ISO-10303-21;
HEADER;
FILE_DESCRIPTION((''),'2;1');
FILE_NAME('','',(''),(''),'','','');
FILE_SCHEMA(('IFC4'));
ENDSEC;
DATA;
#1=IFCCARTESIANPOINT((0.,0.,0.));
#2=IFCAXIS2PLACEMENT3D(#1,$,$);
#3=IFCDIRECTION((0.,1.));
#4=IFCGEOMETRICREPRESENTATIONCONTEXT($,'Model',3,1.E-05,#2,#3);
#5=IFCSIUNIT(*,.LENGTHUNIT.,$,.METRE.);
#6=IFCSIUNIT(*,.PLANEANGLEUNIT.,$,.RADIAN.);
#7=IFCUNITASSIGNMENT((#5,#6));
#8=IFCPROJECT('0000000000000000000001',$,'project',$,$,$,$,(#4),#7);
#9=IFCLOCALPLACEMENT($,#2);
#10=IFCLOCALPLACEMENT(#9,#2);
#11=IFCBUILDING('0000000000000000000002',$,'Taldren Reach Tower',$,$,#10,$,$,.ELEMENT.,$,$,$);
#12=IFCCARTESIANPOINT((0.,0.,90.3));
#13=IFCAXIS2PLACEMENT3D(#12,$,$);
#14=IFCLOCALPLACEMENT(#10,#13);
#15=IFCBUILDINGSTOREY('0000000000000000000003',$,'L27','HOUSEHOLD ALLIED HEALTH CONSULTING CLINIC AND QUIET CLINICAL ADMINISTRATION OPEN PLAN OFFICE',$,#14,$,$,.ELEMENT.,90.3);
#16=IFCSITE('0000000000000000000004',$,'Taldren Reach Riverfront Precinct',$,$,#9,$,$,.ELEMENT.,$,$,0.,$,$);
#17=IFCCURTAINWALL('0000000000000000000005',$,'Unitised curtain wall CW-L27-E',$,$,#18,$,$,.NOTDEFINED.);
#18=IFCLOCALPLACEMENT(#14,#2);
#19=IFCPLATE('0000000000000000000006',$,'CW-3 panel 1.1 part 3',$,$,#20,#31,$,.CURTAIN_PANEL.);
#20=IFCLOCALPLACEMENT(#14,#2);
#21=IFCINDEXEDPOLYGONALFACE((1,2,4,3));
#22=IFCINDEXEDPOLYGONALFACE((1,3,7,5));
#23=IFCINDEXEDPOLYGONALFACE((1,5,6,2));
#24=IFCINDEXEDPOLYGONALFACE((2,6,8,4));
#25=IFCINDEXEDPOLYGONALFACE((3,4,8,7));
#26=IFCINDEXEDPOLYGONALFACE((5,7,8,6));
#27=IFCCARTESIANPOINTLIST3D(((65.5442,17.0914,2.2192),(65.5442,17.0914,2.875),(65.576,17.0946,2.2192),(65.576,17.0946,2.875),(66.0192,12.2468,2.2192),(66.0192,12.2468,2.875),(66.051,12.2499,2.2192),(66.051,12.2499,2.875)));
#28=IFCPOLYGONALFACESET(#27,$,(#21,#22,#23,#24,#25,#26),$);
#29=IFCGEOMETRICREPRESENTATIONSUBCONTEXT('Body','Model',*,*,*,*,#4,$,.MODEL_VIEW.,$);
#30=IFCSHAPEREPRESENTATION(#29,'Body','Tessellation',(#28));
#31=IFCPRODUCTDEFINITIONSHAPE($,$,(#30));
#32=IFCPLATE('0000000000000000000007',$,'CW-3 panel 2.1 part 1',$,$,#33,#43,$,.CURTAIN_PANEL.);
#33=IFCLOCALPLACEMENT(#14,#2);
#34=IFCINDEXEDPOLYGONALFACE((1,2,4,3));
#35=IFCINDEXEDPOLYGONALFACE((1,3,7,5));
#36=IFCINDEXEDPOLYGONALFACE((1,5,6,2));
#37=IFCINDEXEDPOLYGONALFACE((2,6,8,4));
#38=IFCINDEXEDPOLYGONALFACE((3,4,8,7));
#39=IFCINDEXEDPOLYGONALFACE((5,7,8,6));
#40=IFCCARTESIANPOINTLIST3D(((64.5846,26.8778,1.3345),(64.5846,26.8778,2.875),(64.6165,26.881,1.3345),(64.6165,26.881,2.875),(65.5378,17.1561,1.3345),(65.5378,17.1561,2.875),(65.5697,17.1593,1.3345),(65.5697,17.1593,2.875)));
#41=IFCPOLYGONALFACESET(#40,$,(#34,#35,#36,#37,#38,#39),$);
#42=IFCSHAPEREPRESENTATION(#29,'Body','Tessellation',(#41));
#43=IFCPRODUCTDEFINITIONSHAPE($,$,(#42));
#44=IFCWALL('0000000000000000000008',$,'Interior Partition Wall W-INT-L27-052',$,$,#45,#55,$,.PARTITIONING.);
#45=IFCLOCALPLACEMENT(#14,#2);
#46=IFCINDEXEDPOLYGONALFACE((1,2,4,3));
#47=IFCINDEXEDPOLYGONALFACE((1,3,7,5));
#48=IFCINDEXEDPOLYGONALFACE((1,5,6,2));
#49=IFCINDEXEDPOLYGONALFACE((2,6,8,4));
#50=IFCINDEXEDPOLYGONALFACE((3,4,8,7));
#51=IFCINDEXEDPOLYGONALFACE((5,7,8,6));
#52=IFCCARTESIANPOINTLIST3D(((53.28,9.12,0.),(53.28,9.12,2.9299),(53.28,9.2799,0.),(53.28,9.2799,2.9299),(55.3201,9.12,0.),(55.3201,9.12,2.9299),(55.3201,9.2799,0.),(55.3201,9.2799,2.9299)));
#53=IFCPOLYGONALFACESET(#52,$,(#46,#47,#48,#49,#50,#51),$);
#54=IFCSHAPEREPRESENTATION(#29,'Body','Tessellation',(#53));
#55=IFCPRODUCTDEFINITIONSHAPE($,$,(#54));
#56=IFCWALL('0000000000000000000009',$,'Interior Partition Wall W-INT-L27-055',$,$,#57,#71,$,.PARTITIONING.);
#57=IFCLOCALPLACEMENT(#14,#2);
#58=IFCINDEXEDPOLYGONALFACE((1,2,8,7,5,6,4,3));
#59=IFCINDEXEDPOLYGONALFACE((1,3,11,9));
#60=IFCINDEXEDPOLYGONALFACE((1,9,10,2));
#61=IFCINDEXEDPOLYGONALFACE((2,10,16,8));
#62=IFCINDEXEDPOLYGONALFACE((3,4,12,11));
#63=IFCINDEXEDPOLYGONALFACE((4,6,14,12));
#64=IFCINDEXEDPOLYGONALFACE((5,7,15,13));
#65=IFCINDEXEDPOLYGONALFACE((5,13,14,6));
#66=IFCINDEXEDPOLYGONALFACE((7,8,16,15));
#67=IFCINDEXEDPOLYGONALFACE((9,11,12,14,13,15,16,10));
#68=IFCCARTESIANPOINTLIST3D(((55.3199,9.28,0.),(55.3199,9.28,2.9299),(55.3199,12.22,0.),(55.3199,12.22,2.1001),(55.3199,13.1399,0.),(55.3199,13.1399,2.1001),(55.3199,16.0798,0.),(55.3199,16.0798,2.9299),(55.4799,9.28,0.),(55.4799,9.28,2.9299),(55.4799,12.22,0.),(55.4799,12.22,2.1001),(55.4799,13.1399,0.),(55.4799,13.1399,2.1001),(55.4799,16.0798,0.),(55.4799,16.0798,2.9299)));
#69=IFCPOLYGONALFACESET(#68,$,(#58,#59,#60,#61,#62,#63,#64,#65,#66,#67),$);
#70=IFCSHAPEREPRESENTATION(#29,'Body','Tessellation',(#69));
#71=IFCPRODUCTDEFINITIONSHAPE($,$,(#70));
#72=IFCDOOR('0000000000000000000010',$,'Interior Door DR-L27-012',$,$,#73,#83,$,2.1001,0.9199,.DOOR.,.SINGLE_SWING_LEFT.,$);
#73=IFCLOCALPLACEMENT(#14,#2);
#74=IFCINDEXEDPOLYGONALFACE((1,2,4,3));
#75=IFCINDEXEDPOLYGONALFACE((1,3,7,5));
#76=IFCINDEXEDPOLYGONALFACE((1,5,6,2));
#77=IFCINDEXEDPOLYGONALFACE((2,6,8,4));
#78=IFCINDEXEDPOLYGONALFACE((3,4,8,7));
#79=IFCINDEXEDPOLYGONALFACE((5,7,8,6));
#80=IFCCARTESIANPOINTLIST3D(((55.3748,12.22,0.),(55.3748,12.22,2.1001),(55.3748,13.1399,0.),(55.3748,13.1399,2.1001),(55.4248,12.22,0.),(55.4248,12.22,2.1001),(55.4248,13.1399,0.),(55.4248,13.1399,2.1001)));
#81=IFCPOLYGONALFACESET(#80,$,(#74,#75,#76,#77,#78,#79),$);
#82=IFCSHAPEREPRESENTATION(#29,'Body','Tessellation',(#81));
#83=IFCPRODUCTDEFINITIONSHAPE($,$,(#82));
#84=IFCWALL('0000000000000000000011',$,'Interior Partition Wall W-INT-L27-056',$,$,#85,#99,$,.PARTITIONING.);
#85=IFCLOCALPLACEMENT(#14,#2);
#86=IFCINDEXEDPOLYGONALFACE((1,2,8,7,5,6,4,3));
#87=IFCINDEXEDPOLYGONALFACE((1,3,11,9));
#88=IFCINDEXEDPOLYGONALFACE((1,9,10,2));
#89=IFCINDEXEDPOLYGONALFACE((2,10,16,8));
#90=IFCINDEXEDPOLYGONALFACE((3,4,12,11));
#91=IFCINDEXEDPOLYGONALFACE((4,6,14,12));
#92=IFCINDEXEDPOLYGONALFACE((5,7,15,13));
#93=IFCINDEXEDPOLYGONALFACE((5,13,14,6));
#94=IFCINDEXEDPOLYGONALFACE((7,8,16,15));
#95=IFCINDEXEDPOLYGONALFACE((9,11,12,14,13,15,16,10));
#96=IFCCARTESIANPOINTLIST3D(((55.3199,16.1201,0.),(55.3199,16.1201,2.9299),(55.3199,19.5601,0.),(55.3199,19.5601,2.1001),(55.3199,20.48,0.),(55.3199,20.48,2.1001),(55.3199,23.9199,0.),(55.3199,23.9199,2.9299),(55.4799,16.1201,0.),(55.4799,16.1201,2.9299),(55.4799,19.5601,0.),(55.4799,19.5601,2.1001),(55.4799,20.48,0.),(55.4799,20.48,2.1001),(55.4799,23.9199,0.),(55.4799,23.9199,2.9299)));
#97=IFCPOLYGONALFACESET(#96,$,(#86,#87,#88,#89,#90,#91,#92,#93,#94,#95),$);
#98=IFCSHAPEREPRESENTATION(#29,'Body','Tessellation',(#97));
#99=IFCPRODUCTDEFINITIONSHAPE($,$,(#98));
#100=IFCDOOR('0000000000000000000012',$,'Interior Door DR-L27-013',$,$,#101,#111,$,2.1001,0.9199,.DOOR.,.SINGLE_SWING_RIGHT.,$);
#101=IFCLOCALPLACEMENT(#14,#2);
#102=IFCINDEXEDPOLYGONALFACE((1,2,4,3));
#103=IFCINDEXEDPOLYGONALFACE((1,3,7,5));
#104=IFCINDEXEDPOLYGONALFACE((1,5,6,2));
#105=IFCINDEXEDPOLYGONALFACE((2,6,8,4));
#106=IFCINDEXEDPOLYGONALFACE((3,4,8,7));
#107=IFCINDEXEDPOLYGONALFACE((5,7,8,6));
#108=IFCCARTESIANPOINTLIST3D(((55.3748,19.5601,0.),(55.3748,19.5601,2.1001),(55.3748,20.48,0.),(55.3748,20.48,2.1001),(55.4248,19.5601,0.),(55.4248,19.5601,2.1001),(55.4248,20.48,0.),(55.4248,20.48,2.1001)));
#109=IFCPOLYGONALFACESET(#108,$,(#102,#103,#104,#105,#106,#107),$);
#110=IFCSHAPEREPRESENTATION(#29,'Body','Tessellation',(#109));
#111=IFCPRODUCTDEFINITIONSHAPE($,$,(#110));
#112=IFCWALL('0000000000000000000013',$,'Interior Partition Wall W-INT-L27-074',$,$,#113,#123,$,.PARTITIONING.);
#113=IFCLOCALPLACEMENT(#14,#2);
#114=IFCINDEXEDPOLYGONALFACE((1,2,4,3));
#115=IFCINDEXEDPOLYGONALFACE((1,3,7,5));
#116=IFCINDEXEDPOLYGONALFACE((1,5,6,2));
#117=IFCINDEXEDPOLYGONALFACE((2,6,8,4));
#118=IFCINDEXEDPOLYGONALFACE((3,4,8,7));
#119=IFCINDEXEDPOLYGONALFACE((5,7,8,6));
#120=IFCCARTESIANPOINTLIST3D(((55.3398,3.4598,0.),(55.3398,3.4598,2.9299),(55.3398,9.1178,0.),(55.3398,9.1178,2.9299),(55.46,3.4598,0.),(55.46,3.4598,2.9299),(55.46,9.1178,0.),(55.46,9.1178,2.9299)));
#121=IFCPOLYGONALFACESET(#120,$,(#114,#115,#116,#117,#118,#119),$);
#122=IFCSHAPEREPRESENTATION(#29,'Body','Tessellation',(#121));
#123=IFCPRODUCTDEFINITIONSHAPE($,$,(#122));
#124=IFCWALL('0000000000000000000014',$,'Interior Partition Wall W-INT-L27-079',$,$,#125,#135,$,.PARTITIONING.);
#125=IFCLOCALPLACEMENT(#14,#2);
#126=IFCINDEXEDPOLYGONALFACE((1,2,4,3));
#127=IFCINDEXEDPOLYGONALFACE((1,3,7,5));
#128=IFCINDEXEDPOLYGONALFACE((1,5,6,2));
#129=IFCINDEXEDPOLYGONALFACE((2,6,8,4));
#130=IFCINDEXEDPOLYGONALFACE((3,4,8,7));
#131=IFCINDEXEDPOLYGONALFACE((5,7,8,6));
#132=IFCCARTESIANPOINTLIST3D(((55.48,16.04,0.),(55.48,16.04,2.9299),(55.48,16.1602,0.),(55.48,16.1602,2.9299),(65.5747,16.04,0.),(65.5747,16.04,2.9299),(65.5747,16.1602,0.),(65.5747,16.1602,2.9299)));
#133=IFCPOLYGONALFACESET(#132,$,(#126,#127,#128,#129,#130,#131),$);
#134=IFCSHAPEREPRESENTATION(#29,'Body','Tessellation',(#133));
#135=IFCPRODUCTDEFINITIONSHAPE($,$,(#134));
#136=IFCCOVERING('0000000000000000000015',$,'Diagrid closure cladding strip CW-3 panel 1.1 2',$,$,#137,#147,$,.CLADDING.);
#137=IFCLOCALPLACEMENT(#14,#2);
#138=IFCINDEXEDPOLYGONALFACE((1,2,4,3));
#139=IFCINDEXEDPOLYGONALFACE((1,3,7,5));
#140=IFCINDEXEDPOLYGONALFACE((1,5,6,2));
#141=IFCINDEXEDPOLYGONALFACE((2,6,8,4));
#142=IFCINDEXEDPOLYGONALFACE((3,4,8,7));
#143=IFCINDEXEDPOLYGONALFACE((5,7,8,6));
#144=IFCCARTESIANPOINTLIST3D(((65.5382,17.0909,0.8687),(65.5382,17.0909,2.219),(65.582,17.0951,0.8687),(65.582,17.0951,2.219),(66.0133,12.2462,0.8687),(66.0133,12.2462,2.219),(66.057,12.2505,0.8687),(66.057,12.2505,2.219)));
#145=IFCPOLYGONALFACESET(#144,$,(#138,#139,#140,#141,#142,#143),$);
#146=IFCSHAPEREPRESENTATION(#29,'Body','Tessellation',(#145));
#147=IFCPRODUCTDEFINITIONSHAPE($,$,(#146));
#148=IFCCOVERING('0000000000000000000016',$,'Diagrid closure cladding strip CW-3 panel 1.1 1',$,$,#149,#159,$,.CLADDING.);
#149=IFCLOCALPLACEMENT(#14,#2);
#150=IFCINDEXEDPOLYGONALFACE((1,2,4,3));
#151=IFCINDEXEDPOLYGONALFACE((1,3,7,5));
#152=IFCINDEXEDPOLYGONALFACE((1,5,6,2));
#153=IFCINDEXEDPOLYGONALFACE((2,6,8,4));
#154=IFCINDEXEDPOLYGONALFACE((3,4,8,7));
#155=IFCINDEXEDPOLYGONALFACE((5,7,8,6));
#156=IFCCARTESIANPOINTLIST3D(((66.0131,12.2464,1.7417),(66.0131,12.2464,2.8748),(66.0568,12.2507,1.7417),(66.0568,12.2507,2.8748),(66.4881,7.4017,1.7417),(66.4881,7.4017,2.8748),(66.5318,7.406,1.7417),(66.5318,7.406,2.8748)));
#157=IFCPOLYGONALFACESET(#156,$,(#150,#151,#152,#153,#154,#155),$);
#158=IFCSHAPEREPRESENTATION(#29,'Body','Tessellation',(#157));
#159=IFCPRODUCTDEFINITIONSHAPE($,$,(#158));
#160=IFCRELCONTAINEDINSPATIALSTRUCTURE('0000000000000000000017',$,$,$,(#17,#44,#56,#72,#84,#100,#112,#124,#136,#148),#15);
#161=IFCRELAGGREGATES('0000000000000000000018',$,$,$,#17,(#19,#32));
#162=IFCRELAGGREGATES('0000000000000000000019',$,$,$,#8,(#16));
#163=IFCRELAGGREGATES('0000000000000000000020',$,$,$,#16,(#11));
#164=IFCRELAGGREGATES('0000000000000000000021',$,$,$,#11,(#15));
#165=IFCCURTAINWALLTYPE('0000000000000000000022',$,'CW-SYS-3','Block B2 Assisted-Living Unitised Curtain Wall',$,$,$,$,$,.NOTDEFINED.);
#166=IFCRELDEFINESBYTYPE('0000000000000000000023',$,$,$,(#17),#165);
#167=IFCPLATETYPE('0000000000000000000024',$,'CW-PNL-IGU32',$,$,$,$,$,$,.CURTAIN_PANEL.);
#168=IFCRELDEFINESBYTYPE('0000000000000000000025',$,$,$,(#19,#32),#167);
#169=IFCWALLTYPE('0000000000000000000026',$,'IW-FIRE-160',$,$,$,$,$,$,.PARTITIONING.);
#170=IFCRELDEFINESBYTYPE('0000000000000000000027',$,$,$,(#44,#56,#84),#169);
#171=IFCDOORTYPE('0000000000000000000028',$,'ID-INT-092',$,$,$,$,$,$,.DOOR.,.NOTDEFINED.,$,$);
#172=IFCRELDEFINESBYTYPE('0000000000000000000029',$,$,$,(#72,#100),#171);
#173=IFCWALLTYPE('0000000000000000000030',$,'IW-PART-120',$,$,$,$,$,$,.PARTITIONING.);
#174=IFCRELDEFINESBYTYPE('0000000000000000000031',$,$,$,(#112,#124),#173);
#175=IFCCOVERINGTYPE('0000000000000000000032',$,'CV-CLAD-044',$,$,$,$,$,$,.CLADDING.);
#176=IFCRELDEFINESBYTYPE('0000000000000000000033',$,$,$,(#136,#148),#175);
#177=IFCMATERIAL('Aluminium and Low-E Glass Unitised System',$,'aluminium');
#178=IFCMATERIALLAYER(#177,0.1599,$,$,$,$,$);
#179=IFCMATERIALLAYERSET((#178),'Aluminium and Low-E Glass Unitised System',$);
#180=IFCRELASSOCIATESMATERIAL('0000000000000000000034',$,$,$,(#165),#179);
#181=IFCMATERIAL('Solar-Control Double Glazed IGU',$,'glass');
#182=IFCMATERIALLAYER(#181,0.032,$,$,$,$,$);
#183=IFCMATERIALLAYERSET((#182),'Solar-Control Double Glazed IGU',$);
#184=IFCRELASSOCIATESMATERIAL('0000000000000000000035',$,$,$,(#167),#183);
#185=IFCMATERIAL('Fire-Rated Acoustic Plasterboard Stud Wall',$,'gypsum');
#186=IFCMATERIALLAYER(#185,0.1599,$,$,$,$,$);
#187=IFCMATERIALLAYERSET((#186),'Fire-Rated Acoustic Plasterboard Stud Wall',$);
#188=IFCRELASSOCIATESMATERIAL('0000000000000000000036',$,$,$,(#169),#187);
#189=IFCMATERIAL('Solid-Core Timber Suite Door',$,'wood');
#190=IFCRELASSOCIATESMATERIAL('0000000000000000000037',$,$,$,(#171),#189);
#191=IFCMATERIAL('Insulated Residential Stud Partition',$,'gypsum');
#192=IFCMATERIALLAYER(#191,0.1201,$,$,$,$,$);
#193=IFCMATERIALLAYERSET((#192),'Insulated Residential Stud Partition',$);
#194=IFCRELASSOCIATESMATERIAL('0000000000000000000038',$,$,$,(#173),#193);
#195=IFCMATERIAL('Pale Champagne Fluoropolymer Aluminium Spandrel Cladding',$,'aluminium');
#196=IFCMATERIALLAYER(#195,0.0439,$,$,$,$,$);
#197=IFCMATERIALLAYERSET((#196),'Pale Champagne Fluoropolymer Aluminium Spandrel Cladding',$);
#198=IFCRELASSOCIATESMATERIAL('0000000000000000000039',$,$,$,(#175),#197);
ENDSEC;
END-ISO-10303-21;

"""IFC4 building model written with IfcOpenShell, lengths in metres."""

from ifc_helpers import new_model, si_unit, direction, frame, frame_2d, origin, origin_2d, place, context, subcontext, project, spatial, rectangle, extrude, source, transform, mapped, material, layer, layer_set, type_object, element, fill, aggregate, save


model = new_model("IFC4")

# Units and contexts
model_context = context("Model", 3, precision=1e-05, world=origin(), true_north=direction((0.0, 1.0)))
body_context = subcontext(model_context, "Body", "Model", "MODEL_VIEW")
ifc_project = project(units=[si_unit("LENGTHUNIT", "METRE"), si_unit("PLANEANGLEUNIT", "RADIAN")], contexts=[model_context])

# Site, building, storey
site_placement = place(None, origin())
site = spatial("IfcSite", under=ifc_project, at=site_placement, Name="Taldren Reach Riverfront Precinct", CompositionType="ELEMENT", RefElevation=0.0)
building_placement = place(site_placement, origin())
building = spatial("IfcBuilding", under=site, at=building_placement, Name="Taldren Reach Tower", CompositionType="ELEMENT")
storey_placement = place(building_placement, frame((0.0, 0.0, 90.3)))
storey = spatial("IfcBuildingStorey", under=building, at=storey_placement, Name="L27", Description="HOUSEHOLD ALLIED HEALTH CONSULTING CLINIC AND QUIET CLINICAL ADMINISTRATION OPEN PLAN OFFICE", CompositionType="ELEMENT", Elevation=90.3)

# Curtain wall
ifc_material_1 = material(Name="Aluminium and Low-E Glass Unitised System", Category="aluminium")
ifc_layer_1 = layer(ifc_material_1, 0.1599)
ifc_layer_set_1 = layer_set([ifc_layer_1], Name="Aluminium and Low-E Glass Unitised System")
curtain_wall_type = type_object("IfcCurtainWallType", Name="CW-SYS-3", Description="Block B2 Assisted-Living Unitised Curtain Wall", PredefinedType="NOTDEFINED", material=ifc_layer_set_1)
curtain_wall_placement = place(storey_placement, origin())
curtain_wall = element("IfcCurtainWall", 1, at=curtain_wall_placement, inside=storey, type_object=curtain_wall_type, Name="Unitised curtain wall CW-L27-E", PredefinedType="NOTDEFINED")

# Plates
ifc_material_2 = material(Name="Solar-Control Double Glazed IGU", Category="glass")
ifc_layer_2 = layer(ifc_material_2, 0.032)
ifc_layer_set_2 = layer_set([ifc_layer_2], Name="Solar-Control Double Glazed IGU")
plate_type_1 = type_object("IfcPlateType", Name="CW-PNL-IGU32", PredefinedType="CURTAIN_PANEL", material=ifc_layer_set_2)
shared_shape_1 = source(origin(), body_context, "Body", "SweptSolid", [
    extrude(rectangle(XDim=4.8679, YDim=0.032, at=origin_2d()), origin(), (0.0, 0.0, 1.0), 0.6558),
])
plate_1_placement = place(storey_placement, frame((65.7976, 14.6707, 2.2192), z_axis=(0.0, 0.0, 1.0), x_axis=(-0.097583, 0.995227, 0.0)))
plate_1 = element("IfcPlate", 2, at=plate_1_placement, type_object=plate_type_1, Name="CW-3 panel 1.1 part 3", PredefinedType="CURTAIN_PANEL", context=body_context, shape_type="MappedRepresentation", body=[
    mapped(shared_shape_1, transform((0.0, 0.0, 0.0), scale=1.0)),
])
shared_shape_2 = source(origin(), body_context, "Body", "SweptSolid", [
    extrude(rectangle(XDim=9.7683, YDim=0.032, at=origin_2d()), origin(), (0.0, 0.0, 1.0), 1.5405),
])
plate_2_placement = place(storey_placement, frame((65.0771, 22.0186, 1.3345), z_axis=(0.0, 0.0, 1.0), x_axis=(-0.097583, 0.995227, 0.0)))
plate_2 = element("IfcPlate", 3, at=plate_2_placement, type_object=plate_type_1, Name="CW-3 panel 2.1 part 1", PredefinedType="CURTAIN_PANEL", context=body_context, shape_type="MappedRepresentation", body=[
    mapped(shared_shape_2, transform((0.0, 0.0, 0.0), scale=1.0)),
])
aggregate(curtain_wall, [plate_1, plate_2])

# Wall
ifc_material_3 = material(Name="Fire-Rated Acoustic Plasterboard Stud Wall", Category="gypsum")
ifc_layer_3 = layer(ifc_material_3, 0.1599)
ifc_layer_set_3 = layer_set([ifc_layer_3], Name="Fire-Rated Acoustic Plasterboard Stud Wall")
wall_type_1 = type_object("IfcWallType", Name="IW-FIRE-160", PredefinedType="PARTITIONING", material=ifc_layer_set_3)
shared_shape_3 = source(origin(), body_context, "Body", "SweptSolid", [
    extrude(rectangle(XDim=2.04, YDim=0.1599, at=frame_2d((1.02, 0.0))), origin(), (0.0, 0.0, 1.0), 2.9299),
])
wall_1_placement = place(storey_placement, frame((55.3201, 9.2, 0.0), z_axis=(0.0, 0.0, 1.0), x_axis=(-1.0, 0.0, 0.0)))
element("IfcWall", 4, at=wall_1_placement, inside=storey, type_object=wall_type_1, Name="Interior Partition Wall W-INT-L27-052", PredefinedType="PARTITIONING", context=body_context, shape_type="MappedRepresentation", body=[
    mapped(shared_shape_3, transform((0.0, 0.0, 0.0), scale=1.0)),
])

# Walls, openings, doors
shared_shape_4 = source(origin(), body_context, "Body", "SweptSolid", [
    extrude(rectangle(XDim=6.7998, YDim=0.1599, at=frame_2d((3.3999, 0.0))), origin(), (0.0, 0.0, 1.0), 2.9299),
])
wall_2_placement = place(storey_placement, frame((55.3999, 16.0798, 0.0), z_axis=(0.0, 0.0, 1.0), x_axis=(0.0, -1.0, 0.0)))
wall_2 = element("IfcWall", 5, at=wall_2_placement, inside=storey, type_object=wall_type_1, Name="Interior Partition Wall W-INT-L27-055", PredefinedType="PARTITIONING", context=body_context, shape_type="MappedRepresentation", body=[
    mapped(shared_shape_4, transform((0.0, 0.0, 0.0), scale=1.0)),
])
shared_shape_5 = source(origin(), body_context, "Body", "SweptSolid", [
    extrude(rectangle(XDim=0.9199, YDim=2.1001, at=frame_2d((0.46, 1.05))), frame((0.0, 0.0898, 0.0), z_axis=(0.0, -1.0, 0.0), x_axis=(1.0, 0.0, 0.0)), (0.0, 0.0, 1.0), 0.1799),
])
opening_1_placement = place(wall_2_placement, frame((2.9399, 0.0, 0.0)))
opening_1 = element("IfcOpeningElement", 6, at=opening_1_placement, cuts=wall_2, PredefinedType="OPENING", context=body_context, shape_type="MappedRepresentation", body=[
    mapped(shared_shape_5, transform((0.0, 0.0, 0.0), scale=1.0)),
])
ifc_material_4 = material(Name="Solid-Core Timber Suite Door", Category="wood")
door_type = type_object("IfcDoorType", Name="ID-INT-092", OperationType="NOTDEFINED", PredefinedType="DOOR", material=ifc_material_4)
shared_shape_6 = source(origin(), body_context, "Body", "SweptSolid", [
    extrude(rectangle(XDim=0.9199, YDim=2.1001, at=frame_2d((0.46, 1.05))), frame((0.0, 0.0249, 0.0), z_axis=(0.0, -1.0, 0.0), x_axis=(1.0, 0.0, 0.0)), (0.0, 0.0, 1.0), 0.05),
])
door_1_placement = place(opening_1_placement, origin())
door_1 = element("IfcDoor", 7, at=door_1_placement, inside=storey, type_object=door_type, Name="Interior Door DR-L27-012", OperationType="SINGLE_SWING_LEFT", OverallHeight=2.1001, OverallWidth=0.9199, PredefinedType="DOOR", context=body_context, shape_type="MappedRepresentation", body=[
    mapped(shared_shape_6, transform((0.0, 0.0, 0.0), scale=1.0)),
])
fill(opening_1, door_1)
shared_shape_7 = source(origin(), body_context, "Body", "SweptSolid", [
    extrude(rectangle(XDim=7.7998, YDim=0.1599, at=frame_2d((3.8999, 0.0))), origin(), (0.0, 0.0, 1.0), 2.9299),
])
wall_3_placement = place(storey_placement, frame((55.3999, 23.9199, 0.0), z_axis=(0.0, 0.0, 1.0), x_axis=(0.0, -1.0, 0.0)))
wall_3 = element("IfcWall", 8, at=wall_3_placement, inside=storey, type_object=wall_type_1, Name="Interior Partition Wall W-INT-L27-056", PredefinedType="PARTITIONING", context=body_context, shape_type="MappedRepresentation", body=[
    mapped(shared_shape_7, transform((0.0, 0.0, 0.0), scale=1.0)),
])
opening_2_placement = place(wall_3_placement, frame((3.4399, 0.0, 0.0)))
opening_2 = element("IfcOpeningElement", 9, at=opening_2_placement, cuts=wall_3, PredefinedType="OPENING", context=body_context, shape_type="MappedRepresentation", body=[
    mapped(shared_shape_5, transform((0.0, 0.0, 0.0), scale=1.0)),
])
door_2_placement = place(opening_2_placement, origin())
door_2 = element("IfcDoor", 10, at=door_2_placement, inside=storey, type_object=door_type, Name="Interior Door DR-L27-013", OperationType="SINGLE_SWING_RIGHT", OverallHeight=2.1001, OverallWidth=0.9199, PredefinedType="DOOR", context=body_context, shape_type="MappedRepresentation", body=[
    mapped(shared_shape_6, transform((0.0, 0.0, 0.0), scale=1.0)),
])
fill(opening_2, door_2)

# Walls
ifc_material_5 = material(Name="Insulated Residential Stud Partition", Category="gypsum")
ifc_layer_4 = layer(ifc_material_5, 0.1201)
ifc_layer_set_4 = layer_set([ifc_layer_4], Name="Insulated Residential Stud Partition")
wall_type_2 = type_object("IfcWallType", Name="IW-PART-120", PredefinedType="PARTITIONING", material=ifc_layer_set_4)
shared_shape_8 = source(origin(), body_context, "Body", "SweptSolid", [
    extrude(rectangle(XDim=5.658, YDim=0.1201, at=frame_2d((2.8291, 0.0))), origin(), (0.0, 0.0, 1.0), 2.9299),
])
wall_4_placement = place(storey_placement, frame((55.3999, 9.1179, 0.0), z_axis=(0.0, 0.0, 1.0), x_axis=(0.0, -1.0, 0.0)))
element("IfcWall", 11, at=wall_4_placement, inside=storey, type_object=wall_type_2, Name="Interior Partition Wall W-INT-L27-074", PredefinedType="PARTITIONING", context=body_context, shape_type="MappedRepresentation", body=[
    mapped(shared_shape_8, transform((0.0, 0.0, 0.0), scale=1.0)),
])
shared_shape_9 = source(origin(), body_context, "Body", "SweptSolid", [
    extrude(rectangle(XDim=10.0947, YDim=0.1201, at=frame_2d((5.0474, 0.0))), origin(), (0.0, 0.0, 1.0), 2.9299),
])
wall_5_placement = place(storey_placement, frame((55.48, 16.1001, 0.0), z_axis=(0.0, 0.0, 1.0), x_axis=(1.0, 0.0, 0.0)))
element("IfcWall", 12, at=wall_5_placement, inside=storey, type_object=wall_type_2, Name="Interior Partition Wall W-INT-L27-079", PredefinedType="PARTITIONING", context=body_context, shape_type="MappedRepresentation", body=[
    mapped(shared_shape_9, transform((0.0, 0.0, 0.0), scale=1.0)),
])

# Coverings
ifc_material_6 = material(Name="Pale Champagne Fluoropolymer Aluminium Spandrel Cladding", Category="aluminium")
ifc_layer_5 = layer(ifc_material_6, 0.0439)
ifc_layer_set_5 = layer_set([ifc_layer_5], Name="Pale Champagne Fluoropolymer Aluminium Spandrel Cladding")
covering_type = type_object("IfcCoveringType", Name="CV-CLAD-044", PredefinedType="CLADDING", material=ifc_layer_set_5)
shared_shape_10 = source(origin(), body_context, "Body", "SweptSolid", [
    extrude(rectangle(XDim=4.8679, YDim=0.0439, at=origin_2d()), origin(), (0.0, 0.0, 1.0), 1.3503),
])
covering_1_placement = place(storey_placement, frame((65.7976, 14.6707, 0.8687), z_axis=(0.0, 0.0, 1.0), x_axis=(-0.097583, 0.995227, 0.0)))
element("IfcCovering", 13, at=covering_1_placement, inside=storey, type_object=covering_type, Name="Diagrid closure cladding strip CW-3 panel 1.1 2", PredefinedType="CLADDING", context=body_context, shape_type="MappedRepresentation", body=[
    mapped(shared_shape_10, transform((0.0, 0.0, 0.0), scale=1.0)),
])
shared_shape_11 = source(origin(), body_context, "Body", "SweptSolid", [
    extrude(rectangle(XDim=4.8679, YDim=0.0439, at=origin_2d()), origin(), (0.0, 0.0, 1.0), 1.1331),
])
covering_2_placement = place(storey_placement, frame((66.2725, 9.8262, 1.7417), z_axis=(0.0, 0.0, 1.0), x_axis=(-0.097583, 0.995227, 0.0)))
element("IfcCovering", 14, at=covering_2_placement, inside=storey, type_object=covering_type, Name="Diagrid closure cladding strip CW-3 panel 1.1 1", PredefinedType="CLADDING", context=body_context, shape_type="MappedRepresentation", body=[
    mapped(shared_shape_11, transform((0.0, 0.0, 0.0), scale=1.0)),
])

save(model, "model.ifc")
